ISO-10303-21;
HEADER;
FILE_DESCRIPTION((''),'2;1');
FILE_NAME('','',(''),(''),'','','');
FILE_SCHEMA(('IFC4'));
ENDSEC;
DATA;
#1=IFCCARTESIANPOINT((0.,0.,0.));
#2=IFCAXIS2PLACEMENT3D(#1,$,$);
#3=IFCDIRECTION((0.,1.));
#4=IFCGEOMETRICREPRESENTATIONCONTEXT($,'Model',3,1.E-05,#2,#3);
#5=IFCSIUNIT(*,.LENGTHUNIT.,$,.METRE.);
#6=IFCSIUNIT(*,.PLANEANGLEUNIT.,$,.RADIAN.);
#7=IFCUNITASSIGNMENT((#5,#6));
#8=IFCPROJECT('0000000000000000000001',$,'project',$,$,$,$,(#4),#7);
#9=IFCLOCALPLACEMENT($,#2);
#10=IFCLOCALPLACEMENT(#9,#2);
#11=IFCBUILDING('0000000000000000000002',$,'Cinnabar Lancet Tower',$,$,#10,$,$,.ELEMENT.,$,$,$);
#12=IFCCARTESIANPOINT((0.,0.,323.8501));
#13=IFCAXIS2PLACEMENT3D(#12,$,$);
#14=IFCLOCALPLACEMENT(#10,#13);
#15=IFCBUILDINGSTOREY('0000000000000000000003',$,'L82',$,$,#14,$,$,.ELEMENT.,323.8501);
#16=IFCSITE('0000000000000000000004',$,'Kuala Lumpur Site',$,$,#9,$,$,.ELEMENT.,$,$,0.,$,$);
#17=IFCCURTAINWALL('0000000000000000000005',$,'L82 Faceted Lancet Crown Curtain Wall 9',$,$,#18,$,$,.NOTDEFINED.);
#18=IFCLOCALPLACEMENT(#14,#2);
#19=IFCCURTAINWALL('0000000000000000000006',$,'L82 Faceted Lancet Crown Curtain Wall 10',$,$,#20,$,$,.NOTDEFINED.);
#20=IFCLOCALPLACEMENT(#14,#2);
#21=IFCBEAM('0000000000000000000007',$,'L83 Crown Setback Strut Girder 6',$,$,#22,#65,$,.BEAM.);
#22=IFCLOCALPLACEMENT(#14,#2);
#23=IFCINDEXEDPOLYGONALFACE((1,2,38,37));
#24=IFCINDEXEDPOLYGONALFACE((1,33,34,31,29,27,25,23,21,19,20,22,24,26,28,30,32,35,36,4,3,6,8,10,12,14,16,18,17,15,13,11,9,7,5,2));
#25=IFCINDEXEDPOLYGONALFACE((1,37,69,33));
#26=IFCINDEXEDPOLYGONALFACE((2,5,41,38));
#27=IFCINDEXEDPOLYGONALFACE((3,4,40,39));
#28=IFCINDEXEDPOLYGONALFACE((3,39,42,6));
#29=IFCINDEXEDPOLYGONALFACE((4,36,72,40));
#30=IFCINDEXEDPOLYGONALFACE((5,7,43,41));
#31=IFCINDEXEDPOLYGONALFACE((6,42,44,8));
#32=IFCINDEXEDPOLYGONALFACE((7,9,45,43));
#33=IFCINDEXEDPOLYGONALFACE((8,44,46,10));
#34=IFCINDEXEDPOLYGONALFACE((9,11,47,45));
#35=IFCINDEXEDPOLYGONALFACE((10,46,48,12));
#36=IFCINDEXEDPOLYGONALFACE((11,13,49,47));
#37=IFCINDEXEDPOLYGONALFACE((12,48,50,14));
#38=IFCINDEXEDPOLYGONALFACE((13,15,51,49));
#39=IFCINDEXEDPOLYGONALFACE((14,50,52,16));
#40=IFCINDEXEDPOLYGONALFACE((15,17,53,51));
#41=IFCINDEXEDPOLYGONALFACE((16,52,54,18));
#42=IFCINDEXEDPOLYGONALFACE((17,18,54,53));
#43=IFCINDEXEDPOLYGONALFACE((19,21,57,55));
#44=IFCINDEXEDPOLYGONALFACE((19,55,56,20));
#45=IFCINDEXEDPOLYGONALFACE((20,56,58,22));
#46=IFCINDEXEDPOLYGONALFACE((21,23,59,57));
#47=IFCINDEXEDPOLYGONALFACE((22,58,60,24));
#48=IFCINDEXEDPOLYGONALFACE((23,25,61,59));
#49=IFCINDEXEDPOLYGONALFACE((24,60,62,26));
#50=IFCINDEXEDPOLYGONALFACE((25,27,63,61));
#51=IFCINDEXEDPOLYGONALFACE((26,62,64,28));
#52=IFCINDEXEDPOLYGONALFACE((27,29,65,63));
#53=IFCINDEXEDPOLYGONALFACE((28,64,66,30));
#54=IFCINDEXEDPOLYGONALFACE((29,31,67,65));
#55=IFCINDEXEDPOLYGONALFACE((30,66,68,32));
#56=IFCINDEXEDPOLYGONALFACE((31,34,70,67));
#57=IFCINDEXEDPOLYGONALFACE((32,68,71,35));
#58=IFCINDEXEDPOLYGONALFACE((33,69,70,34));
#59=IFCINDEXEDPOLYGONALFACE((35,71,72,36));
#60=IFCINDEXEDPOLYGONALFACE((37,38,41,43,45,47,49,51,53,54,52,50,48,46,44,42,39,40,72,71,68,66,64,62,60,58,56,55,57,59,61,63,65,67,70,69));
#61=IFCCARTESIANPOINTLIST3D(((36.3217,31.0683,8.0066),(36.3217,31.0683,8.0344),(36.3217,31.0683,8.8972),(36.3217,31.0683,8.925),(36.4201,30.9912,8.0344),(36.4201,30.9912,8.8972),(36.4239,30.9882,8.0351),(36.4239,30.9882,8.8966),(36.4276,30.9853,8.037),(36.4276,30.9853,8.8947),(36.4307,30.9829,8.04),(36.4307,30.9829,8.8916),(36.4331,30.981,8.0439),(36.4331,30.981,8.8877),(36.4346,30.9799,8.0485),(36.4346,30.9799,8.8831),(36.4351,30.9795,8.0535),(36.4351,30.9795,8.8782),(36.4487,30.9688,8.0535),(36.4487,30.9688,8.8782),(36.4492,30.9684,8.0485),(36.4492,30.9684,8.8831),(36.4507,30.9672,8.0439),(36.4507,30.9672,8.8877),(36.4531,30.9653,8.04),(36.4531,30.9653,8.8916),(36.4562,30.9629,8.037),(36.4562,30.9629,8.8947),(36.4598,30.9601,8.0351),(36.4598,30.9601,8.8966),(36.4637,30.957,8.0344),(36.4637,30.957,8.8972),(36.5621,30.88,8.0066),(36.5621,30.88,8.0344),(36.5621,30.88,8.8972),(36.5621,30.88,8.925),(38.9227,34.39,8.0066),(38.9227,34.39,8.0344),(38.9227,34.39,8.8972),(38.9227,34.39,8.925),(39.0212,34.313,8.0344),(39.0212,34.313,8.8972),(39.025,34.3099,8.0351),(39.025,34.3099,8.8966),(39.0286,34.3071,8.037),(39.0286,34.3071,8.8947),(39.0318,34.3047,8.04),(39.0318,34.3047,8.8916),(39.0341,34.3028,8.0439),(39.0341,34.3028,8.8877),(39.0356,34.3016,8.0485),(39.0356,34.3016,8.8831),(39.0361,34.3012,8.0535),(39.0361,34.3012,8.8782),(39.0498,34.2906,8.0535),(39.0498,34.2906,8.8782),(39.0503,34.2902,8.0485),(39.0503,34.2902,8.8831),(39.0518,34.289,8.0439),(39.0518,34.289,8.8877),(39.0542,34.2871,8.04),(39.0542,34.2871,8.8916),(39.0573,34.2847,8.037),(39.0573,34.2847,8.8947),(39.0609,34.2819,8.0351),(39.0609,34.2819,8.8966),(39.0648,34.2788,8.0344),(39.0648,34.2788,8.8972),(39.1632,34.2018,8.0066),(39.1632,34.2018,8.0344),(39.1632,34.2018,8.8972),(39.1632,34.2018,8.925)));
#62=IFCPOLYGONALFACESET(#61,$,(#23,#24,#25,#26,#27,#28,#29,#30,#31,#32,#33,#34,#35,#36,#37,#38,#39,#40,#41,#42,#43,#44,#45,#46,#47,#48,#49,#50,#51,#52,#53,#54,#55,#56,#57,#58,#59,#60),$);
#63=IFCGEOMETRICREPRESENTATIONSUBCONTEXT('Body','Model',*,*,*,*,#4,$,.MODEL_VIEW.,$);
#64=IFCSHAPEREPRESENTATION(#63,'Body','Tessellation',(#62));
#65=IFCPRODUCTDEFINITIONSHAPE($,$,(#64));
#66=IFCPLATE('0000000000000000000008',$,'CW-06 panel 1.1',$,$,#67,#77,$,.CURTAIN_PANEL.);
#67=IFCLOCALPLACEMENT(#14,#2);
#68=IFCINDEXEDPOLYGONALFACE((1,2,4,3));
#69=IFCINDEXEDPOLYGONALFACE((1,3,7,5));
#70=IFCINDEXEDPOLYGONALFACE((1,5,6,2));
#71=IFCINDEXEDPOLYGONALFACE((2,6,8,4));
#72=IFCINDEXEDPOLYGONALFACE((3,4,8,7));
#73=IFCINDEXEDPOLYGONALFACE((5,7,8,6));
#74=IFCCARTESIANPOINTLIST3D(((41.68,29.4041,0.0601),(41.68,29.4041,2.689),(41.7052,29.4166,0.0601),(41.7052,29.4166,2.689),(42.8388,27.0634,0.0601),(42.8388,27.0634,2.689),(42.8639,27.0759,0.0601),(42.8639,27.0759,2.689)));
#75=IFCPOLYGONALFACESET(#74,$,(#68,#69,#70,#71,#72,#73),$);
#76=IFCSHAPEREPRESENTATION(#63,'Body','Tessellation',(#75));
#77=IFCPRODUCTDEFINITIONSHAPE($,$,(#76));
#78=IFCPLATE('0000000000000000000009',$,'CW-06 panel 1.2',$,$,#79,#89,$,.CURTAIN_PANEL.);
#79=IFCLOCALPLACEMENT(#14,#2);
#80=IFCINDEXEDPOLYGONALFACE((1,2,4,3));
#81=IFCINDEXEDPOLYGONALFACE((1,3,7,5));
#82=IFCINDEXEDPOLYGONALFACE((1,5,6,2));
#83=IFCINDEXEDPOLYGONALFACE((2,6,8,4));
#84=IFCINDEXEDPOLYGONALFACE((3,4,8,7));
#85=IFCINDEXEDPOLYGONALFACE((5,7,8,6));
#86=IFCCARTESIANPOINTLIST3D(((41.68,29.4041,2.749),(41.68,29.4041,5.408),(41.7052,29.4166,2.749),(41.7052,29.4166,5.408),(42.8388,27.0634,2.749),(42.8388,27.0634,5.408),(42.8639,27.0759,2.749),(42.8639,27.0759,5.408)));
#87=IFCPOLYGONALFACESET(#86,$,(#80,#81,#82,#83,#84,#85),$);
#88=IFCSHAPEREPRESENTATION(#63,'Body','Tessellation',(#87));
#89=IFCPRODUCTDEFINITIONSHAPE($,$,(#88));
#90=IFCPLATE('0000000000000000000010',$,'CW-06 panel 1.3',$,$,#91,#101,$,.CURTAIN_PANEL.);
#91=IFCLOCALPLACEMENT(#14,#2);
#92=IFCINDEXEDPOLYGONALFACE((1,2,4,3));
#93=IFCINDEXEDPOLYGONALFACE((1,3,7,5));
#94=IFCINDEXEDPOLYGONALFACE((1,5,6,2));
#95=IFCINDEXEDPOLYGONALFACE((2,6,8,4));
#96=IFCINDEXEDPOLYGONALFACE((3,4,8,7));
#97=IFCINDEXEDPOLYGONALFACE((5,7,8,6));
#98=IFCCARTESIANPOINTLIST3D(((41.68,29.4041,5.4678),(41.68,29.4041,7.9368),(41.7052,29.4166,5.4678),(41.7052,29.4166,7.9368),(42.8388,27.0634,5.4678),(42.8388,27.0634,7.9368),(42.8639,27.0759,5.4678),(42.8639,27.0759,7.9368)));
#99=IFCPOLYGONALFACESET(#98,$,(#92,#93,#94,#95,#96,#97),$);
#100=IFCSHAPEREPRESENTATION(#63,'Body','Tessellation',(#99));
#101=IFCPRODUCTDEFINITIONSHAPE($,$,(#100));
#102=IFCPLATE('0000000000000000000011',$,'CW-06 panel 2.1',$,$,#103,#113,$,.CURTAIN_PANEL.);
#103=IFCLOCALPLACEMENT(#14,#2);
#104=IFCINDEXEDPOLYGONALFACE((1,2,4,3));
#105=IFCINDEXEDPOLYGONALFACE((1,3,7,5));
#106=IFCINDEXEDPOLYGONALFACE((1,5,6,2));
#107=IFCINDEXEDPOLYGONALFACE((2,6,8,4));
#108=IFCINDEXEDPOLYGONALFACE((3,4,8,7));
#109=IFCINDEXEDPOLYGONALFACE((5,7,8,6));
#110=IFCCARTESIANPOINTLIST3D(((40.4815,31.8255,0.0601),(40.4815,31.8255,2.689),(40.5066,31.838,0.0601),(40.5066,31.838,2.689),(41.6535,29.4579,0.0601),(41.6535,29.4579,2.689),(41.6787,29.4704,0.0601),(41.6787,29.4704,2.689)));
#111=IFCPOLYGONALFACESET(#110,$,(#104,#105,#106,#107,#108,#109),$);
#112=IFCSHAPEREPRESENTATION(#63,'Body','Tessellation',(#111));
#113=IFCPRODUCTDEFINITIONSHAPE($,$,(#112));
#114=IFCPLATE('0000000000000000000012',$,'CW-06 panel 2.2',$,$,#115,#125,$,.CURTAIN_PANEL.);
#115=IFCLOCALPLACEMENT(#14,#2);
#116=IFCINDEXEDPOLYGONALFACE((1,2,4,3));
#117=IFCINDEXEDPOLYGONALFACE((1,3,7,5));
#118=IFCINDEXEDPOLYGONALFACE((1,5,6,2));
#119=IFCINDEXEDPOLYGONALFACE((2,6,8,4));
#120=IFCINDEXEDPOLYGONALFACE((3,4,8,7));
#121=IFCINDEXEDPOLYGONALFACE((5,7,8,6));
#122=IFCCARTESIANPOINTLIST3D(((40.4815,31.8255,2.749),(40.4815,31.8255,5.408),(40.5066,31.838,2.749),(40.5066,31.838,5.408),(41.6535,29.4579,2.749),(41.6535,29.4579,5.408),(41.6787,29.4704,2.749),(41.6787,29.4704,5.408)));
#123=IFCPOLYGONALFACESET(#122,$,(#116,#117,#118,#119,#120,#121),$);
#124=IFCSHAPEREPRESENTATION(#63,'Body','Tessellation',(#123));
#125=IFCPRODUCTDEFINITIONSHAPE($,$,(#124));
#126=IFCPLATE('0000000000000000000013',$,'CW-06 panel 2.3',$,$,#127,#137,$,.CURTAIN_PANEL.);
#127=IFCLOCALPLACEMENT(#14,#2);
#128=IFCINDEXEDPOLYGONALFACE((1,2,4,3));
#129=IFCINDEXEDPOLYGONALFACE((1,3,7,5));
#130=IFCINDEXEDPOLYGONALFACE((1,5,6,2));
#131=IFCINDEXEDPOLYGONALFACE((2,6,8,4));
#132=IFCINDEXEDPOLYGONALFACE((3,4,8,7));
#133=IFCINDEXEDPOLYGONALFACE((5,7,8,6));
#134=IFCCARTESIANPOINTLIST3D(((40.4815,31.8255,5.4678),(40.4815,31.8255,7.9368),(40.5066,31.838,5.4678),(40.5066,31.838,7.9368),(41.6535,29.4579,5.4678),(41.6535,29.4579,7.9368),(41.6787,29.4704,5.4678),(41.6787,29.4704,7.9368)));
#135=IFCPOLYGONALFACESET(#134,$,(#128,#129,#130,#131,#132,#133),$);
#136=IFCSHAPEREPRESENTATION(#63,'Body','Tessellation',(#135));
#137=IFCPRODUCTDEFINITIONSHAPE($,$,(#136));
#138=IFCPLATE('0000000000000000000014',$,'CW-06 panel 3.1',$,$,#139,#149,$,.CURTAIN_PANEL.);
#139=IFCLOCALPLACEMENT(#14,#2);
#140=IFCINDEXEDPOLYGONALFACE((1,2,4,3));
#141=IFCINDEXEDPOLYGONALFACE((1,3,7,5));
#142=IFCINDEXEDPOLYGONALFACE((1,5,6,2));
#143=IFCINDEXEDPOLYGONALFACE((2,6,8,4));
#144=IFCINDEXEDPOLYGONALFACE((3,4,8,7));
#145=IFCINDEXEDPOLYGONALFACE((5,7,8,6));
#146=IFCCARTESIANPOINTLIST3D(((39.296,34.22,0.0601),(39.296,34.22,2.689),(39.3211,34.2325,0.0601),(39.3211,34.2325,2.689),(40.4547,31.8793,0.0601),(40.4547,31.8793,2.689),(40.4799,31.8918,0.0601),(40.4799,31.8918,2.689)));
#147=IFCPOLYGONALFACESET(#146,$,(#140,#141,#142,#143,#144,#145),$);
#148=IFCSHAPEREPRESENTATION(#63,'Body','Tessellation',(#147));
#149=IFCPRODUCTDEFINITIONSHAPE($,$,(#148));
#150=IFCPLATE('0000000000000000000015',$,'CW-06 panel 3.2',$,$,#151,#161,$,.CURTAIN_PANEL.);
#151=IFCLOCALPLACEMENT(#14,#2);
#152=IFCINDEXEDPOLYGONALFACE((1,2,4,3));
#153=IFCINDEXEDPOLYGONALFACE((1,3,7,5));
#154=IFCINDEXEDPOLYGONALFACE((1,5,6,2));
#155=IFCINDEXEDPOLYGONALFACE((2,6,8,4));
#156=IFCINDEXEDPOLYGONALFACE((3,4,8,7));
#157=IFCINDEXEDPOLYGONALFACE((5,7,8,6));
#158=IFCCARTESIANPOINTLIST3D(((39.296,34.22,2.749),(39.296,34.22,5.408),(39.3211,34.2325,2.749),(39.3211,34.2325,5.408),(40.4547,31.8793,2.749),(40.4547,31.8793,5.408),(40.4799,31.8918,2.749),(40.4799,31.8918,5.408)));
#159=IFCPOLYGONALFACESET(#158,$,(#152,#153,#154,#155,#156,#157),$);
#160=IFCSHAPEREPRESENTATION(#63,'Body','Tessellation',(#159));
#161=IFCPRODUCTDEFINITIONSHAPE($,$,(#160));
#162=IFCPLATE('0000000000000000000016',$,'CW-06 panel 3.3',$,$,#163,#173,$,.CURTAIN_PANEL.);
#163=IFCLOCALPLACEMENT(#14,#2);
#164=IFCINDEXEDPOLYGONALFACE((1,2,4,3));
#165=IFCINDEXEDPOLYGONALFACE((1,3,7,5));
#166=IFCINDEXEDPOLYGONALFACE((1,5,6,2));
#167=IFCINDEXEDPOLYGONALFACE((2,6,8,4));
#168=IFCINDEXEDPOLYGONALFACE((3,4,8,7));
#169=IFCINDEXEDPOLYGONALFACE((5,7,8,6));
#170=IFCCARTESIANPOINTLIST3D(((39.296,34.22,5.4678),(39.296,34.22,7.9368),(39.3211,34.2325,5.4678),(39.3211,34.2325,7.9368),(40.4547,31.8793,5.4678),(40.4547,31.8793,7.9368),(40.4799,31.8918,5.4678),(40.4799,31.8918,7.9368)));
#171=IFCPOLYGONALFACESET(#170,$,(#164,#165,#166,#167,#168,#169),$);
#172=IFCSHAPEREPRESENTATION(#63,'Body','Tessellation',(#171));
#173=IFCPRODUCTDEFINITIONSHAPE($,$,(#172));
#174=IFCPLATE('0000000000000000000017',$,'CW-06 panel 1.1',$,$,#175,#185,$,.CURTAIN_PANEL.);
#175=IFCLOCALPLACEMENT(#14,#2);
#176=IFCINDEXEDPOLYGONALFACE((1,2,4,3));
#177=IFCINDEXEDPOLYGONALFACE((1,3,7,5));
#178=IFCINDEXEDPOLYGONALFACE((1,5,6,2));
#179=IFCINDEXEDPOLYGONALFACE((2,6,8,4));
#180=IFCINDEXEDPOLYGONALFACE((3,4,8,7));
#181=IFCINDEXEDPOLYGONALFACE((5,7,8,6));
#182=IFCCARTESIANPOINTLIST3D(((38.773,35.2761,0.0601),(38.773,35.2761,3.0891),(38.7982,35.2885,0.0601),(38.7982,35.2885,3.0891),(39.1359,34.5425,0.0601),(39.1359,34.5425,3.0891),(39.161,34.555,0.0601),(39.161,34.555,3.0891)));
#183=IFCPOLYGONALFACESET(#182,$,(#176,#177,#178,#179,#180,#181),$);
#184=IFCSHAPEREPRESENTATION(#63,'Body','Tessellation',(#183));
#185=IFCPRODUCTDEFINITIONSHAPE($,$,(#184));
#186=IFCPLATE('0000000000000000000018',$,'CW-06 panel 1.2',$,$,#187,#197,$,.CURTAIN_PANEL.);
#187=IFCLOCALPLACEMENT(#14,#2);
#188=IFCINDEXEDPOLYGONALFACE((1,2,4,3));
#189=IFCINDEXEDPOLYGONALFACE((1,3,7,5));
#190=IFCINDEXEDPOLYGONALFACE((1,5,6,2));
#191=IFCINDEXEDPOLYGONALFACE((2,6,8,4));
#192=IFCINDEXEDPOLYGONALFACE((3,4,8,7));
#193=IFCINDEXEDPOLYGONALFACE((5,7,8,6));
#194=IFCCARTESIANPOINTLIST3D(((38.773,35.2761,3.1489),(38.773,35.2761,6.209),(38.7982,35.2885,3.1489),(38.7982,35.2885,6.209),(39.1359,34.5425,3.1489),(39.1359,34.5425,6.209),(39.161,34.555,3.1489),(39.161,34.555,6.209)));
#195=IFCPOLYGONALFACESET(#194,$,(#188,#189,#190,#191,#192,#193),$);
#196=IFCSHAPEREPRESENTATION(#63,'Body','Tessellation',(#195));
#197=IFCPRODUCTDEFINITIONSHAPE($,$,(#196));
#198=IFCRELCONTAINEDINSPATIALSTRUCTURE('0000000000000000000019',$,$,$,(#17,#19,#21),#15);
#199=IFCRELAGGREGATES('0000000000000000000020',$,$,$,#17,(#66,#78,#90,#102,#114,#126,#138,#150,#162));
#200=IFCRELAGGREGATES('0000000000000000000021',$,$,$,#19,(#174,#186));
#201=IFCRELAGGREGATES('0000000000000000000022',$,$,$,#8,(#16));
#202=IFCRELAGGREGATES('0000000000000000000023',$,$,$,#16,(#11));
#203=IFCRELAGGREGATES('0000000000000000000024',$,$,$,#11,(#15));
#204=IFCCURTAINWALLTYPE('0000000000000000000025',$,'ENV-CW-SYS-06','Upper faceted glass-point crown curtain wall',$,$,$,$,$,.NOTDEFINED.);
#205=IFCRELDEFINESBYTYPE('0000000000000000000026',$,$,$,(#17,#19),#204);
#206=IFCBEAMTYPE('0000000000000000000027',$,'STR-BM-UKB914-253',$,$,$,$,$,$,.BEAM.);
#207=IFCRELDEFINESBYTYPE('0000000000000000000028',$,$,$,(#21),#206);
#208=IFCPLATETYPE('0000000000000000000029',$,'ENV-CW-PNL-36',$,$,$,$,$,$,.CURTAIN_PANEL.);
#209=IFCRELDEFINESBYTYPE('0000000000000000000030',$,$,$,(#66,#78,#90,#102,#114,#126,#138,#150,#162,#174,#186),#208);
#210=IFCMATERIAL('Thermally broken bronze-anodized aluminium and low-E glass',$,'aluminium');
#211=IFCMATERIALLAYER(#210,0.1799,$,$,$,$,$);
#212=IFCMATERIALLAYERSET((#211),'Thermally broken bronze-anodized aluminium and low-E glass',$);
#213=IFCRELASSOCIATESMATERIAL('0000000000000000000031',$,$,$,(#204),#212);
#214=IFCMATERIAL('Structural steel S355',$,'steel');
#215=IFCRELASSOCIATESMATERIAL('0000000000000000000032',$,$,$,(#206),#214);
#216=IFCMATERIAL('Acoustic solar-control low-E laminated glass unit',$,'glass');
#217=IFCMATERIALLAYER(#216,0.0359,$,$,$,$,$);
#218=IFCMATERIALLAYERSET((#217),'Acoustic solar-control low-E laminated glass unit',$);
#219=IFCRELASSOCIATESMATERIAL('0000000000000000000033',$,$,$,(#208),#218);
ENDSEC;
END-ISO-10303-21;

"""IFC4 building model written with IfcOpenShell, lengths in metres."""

from ifc_helpers import new_model, si_unit, direction, frame, origin, origin_2d, place, context, subcontext, project, spatial, rectangle, i_section, extrude, material, layer, layer_set, material_profile, profile_set, type_object, element, aggregate, save


model = new_model("IFC4")

# Units and contexts
model_context = context("Model", 3, precision=1e-05, world=origin(), true_north=direction((0.0, 1.0)))
body_context = subcontext(model_context, "Body", "Model", "MODEL_VIEW")
ifc_project = project(units=[si_unit("LENGTHUNIT", "METRE"), si_unit("PLANEANGLEUNIT", "RADIAN")], contexts=[model_context])

# Site, building, storey
site_placement = place(None, origin())
site = spatial("IfcSite", under=ifc_project, at=site_placement, Name="Kuala Lumpur Site", CompositionType="ELEMENT", RefElevation=0.0)
building_placement = place(site_placement, origin())
building = spatial("IfcBuilding", under=site, at=building_placement, Name="Cinnabar Lancet Tower", CompositionType="ELEMENT")
storey_placement = place(building_placement, frame((0.0, 0.0, 323.8501)))
storey = spatial("IfcBuildingStorey", under=building, at=storey_placement, Name="L82", CompositionType="ELEMENT", Elevation=323.8501)

# Curtain wall
ifc_material_1 = material(Name="Thermally broken bronze-anodized aluminium and low-E glass", Category="aluminium")
ifc_layer_1 = layer(ifc_material_1, 0.1799)
ifc_layer_set_1 = layer_set([ifc_layer_1], Name="Thermally broken bronze-anodized aluminium and low-E glass")
curtain_wall_type = type_object("IfcCurtainWallType", Name="ENV-CW-SYS-06", Description="Upper faceted glass-point crown curtain wall", PredefinedType="NOTDEFINED", material=ifc_layer_set_1)
curtain_wall_1_placement = place(storey_placement, origin())
curtain_wall_1 = element("IfcCurtainWall", 1, at=curtain_wall_1_placement, inside=storey, type_object=curtain_wall_type, Name="L82 Faceted Lancet Crown Curtain Wall 9", PredefinedType="NOTDEFINED")

# Curtain wall
curtain_wall_2_placement = place(storey_placement, origin())
curtain_wall_2 = element("IfcCurtainWall", 2, at=curtain_wall_2_placement, inside=storey, type_object=curtain_wall_type, Name="L82 Faceted Lancet Crown Curtain Wall 10", PredefinedType="NOTDEFINED")

# Beam
ifc_material_2 = material(Name="Structural steel S355", Category="steel")
ifc_material_profile_1 = material_profile(ifc_material_2, i_section(OverallWidth=0.3054, OverallDepth=0.9185, WebThickness=0.0173, FlangeThickness=0.0278, FilletRadius=0.019, at=origin_2d()), Name="UKB 914x305x253")
ifc_profile_set_1 = profile_set([ifc_material_profile_1], Name="Structural steel S355")
beam_type = type_object("IfcBeamType", Name="STR-BM-UKB914-253", PredefinedType="BEAM", material=ifc_profile_set_1)
beam_1_placement = place(storey_placement, frame((39.043, 34.2959, 8.4658), z_axis=(-0.616517, -0.787341, 0.0), x_axis=(0.787341, -0.616517, 0.0)))
element("IfcBeam", 3, at=beam_1_placement, inside=storey, type_object=beam_type, Name="L83 Crown Setback Strut Girder 6", PredefinedType="BEAM", context=body_context, shape_type="SweptSolid", body=[
    extrude(i_section(OverallWidth=0.3054, OverallDepth=0.9185, WebThickness=0.0173, FlangeThickness=0.0278, FilletRadius=0.019, at=origin_2d()), origin(), (0.0, 0.0, 1.0), 4.219),
])

# Plates
ifc_material_3 = material(Name="Acoustic solar-control low-E laminated glass unit", Category="glass")
ifc_layer_2 = layer(ifc_material_3, 0.0359)
ifc_layer_set_2 = layer_set([ifc_layer_2], Name="Acoustic solar-control low-E laminated glass unit")
plate_type = type_object("IfcPlateType", Name="ENV-CW-PNL-36", PredefinedType="CURTAIN_PANEL", material=ifc_layer_set_2)
plate_1_placement = place(storey_placement, frame((42.272, 28.24, 0.0601), z_axis=(0.0, 0.0, 1.0), x_axis=(-0.443657, 0.896197, 0.0)))
plate_1 = element("IfcPlate", 4, at=plate_1_placement, type_object=plate_type, Name="CW-06 panel 1.1", PredefinedType="CURTAIN_PANEL", context=body_context, shape_type="SweptSolid", body=[
    extrude(rectangle(XDim=2.6118, YDim=0.0281, at=origin_2d()), origin(), (0.0, 0.0, 1.0), 2.6289),
])
plate_2_placement = place(storey_placement, frame((42.272, 28.24, 2.749), z_axis=(0.0, 0.0, 1.0), x_axis=(-0.443657, 0.896197, 0.0)))
plate_2 = element("IfcPlate", 5, at=plate_2_placement, type_object=plate_type, Name="CW-06 panel 1.2", PredefinedType="CURTAIN_PANEL", context=body_context, shape_type="SweptSolid", body=[
    extrude(rectangle(XDim=2.6118, YDim=0.0281, at=origin_2d()), origin(), (0.0, 0.0, 1.0), 2.6589),
])
plate_3_placement = place(storey_placement, frame((42.272, 28.24, 5.4678), z_axis=(0.0, 0.0, 1.0), x_axis=(-0.443657, 0.896197, 0.0)))
plate_3 = element("IfcPlate", 6, at=plate_3_placement, type_object=plate_type, Name="CW-06 panel 1.3", PredefinedType="CURTAIN_PANEL", context=body_context, shape_type="SweptSolid", body=[
    extrude(rectangle(XDim=2.6118, YDim=0.0281, at=origin_2d()), origin(), (0.0, 0.0, 1.0), 2.469),
])
plate_4_placement = place(storey_placement, frame((41.0801, 30.6479, 0.0601), z_axis=(0.0, 0.0, 1.0), x_axis=(-0.443657, 0.896197, 0.0)))
plate_4 = element("IfcPlate", 7, at=plate_4_placement, type_object=plate_type, Name="CW-06 panel 2.1", PredefinedType="CURTAIN_PANEL", context=body_context, shape_type="SweptSolid", body=[
    extrude(rectangle(XDim=2.6418, YDim=0.0281, at=origin_2d()), origin(), (0.0, 0.0, 1.0), 2.6289),
])
plate_5_placement = place(storey_placement, frame((41.0801, 30.6479, 2.749), z_axis=(0.0, 0.0, 1.0), x_axis=(-0.443657, 0.896197, 0.0)))
plate_5 = element("IfcPlate", 8, at=plate_5_placement, type_object=plate_type, Name="CW-06 panel 2.2", PredefinedType="CURTAIN_PANEL", context=body_context, shape_type="SweptSolid", body=[
    extrude(rectangle(XDim=2.6418, YDim=0.0281, at=origin_2d()), origin(), (0.0, 0.0, 1.0), 2.6589),
])
plate_6_placement = place(storey_placement, frame((41.0801, 30.6479, 5.4678), z_axis=(0.0, 0.0, 1.0), x_axis=(-0.443657, 0.896197, 0.0)))
plate_6 = element("IfcPlate", 9, at=plate_6_placement, type_object=plate_type, Name="CW-06 panel 2.3", PredefinedType="CURTAIN_PANEL", context=body_context, shape_type="SweptSolid", body=[
    extrude(rectangle(XDim=2.6418, YDim=0.0281, at=origin_2d()), origin(), (0.0, 0.0, 1.0), 2.469),
])
plate_7_placement = place(storey_placement, frame((39.8879, 33.0559, 0.0601), z_axis=(0.0, 0.0, 1.0), x_axis=(-0.443657, 0.896197, 0.0)))
plate_7 = element("IfcPlate", 10, at=plate_7_placement, type_object=plate_type, Name="CW-06 panel 3.1", PredefinedType="CURTAIN_PANEL", context=body_context, shape_type="SweptSolid", body=[
    extrude(rectangle(XDim=2.6118, YDim=0.0281, at=origin_2d()), origin(), (0.0, 0.0, 1.0), 2.6289),
])
plate_8_placement = place(storey_placement, frame((39.8879, 33.0559, 2.749), z_axis=(0.0, 0.0, 1.0), x_axis=(-0.443657, 0.896197, 0.0)))
plate_8 = element("IfcPlate", 11, at=plate_8_placement, type_object=plate_type, Name="CW-06 panel 3.2", PredefinedType="CURTAIN_PANEL", context=body_context, shape_type="SweptSolid", body=[
    extrude(rectangle(XDim=2.6118, YDim=0.0281, at=origin_2d()), origin(), (0.0, 0.0, 1.0), 2.6589),
])
plate_9_placement = place(storey_placement, frame((39.8879, 33.0559, 5.4678), z_axis=(0.0, 0.0, 1.0), x_axis=(-0.443657, 0.896197, 0.0)))
plate_9 = element("IfcPlate", 12, at=plate_9_placement, type_object=plate_type, Name="CW-06 panel 3.3", PredefinedType="CURTAIN_PANEL", context=body_context, shape_type="SweptSolid", body=[
    extrude(rectangle(XDim=2.6118, YDim=0.0281, at=origin_2d()), origin(), (0.0, 0.0, 1.0), 2.469),
])
aggregate(curtain_wall_1, [plate_1, plate_2, plate_3, plate_4, plate_5, plate_6, plate_7, plate_8, plate_9])
plate_10_placement = place(storey_placement, frame((38.967, 34.9155, 0.0601), z_axis=(0.0, 0.0, 1.0), x_axis=(-0.443373, 0.896337, 0.0)))
plate_10 = element("IfcPlate", 13, at=plate_10_placement, type_object=plate_type, Name="CW-06 panel 1.1", PredefinedType="CURTAIN_PANEL", context=body_context, shape_type="SweptSolid", body=[
    extrude(rectangle(XDim=0.8184, YDim=0.0281, at=origin_2d()), origin(), (0.0, 0.0, 1.0), 3.0291),
])
plate_11_placement = place(storey_placement, frame((38.967, 34.9155, 3.1489), z_axis=(0.0, 0.0, 1.0), x_axis=(-0.443373, 0.896337, 0.0)))
plate_11 = element("IfcPlate", 14, at=plate_11_placement, type_object=plate_type, Name="CW-06 panel 1.2", PredefinedType="CURTAIN_PANEL", context=body_context, shape_type="SweptSolid", body=[
    extrude(rectangle(XDim=0.8184, YDim=0.0281, at=origin_2d()), origin(), (0.0, 0.0, 1.0), 3.0601),
])
aggregate(curtain_wall_2, [plate_10, plate_11])

save(model, "model.ifc")
